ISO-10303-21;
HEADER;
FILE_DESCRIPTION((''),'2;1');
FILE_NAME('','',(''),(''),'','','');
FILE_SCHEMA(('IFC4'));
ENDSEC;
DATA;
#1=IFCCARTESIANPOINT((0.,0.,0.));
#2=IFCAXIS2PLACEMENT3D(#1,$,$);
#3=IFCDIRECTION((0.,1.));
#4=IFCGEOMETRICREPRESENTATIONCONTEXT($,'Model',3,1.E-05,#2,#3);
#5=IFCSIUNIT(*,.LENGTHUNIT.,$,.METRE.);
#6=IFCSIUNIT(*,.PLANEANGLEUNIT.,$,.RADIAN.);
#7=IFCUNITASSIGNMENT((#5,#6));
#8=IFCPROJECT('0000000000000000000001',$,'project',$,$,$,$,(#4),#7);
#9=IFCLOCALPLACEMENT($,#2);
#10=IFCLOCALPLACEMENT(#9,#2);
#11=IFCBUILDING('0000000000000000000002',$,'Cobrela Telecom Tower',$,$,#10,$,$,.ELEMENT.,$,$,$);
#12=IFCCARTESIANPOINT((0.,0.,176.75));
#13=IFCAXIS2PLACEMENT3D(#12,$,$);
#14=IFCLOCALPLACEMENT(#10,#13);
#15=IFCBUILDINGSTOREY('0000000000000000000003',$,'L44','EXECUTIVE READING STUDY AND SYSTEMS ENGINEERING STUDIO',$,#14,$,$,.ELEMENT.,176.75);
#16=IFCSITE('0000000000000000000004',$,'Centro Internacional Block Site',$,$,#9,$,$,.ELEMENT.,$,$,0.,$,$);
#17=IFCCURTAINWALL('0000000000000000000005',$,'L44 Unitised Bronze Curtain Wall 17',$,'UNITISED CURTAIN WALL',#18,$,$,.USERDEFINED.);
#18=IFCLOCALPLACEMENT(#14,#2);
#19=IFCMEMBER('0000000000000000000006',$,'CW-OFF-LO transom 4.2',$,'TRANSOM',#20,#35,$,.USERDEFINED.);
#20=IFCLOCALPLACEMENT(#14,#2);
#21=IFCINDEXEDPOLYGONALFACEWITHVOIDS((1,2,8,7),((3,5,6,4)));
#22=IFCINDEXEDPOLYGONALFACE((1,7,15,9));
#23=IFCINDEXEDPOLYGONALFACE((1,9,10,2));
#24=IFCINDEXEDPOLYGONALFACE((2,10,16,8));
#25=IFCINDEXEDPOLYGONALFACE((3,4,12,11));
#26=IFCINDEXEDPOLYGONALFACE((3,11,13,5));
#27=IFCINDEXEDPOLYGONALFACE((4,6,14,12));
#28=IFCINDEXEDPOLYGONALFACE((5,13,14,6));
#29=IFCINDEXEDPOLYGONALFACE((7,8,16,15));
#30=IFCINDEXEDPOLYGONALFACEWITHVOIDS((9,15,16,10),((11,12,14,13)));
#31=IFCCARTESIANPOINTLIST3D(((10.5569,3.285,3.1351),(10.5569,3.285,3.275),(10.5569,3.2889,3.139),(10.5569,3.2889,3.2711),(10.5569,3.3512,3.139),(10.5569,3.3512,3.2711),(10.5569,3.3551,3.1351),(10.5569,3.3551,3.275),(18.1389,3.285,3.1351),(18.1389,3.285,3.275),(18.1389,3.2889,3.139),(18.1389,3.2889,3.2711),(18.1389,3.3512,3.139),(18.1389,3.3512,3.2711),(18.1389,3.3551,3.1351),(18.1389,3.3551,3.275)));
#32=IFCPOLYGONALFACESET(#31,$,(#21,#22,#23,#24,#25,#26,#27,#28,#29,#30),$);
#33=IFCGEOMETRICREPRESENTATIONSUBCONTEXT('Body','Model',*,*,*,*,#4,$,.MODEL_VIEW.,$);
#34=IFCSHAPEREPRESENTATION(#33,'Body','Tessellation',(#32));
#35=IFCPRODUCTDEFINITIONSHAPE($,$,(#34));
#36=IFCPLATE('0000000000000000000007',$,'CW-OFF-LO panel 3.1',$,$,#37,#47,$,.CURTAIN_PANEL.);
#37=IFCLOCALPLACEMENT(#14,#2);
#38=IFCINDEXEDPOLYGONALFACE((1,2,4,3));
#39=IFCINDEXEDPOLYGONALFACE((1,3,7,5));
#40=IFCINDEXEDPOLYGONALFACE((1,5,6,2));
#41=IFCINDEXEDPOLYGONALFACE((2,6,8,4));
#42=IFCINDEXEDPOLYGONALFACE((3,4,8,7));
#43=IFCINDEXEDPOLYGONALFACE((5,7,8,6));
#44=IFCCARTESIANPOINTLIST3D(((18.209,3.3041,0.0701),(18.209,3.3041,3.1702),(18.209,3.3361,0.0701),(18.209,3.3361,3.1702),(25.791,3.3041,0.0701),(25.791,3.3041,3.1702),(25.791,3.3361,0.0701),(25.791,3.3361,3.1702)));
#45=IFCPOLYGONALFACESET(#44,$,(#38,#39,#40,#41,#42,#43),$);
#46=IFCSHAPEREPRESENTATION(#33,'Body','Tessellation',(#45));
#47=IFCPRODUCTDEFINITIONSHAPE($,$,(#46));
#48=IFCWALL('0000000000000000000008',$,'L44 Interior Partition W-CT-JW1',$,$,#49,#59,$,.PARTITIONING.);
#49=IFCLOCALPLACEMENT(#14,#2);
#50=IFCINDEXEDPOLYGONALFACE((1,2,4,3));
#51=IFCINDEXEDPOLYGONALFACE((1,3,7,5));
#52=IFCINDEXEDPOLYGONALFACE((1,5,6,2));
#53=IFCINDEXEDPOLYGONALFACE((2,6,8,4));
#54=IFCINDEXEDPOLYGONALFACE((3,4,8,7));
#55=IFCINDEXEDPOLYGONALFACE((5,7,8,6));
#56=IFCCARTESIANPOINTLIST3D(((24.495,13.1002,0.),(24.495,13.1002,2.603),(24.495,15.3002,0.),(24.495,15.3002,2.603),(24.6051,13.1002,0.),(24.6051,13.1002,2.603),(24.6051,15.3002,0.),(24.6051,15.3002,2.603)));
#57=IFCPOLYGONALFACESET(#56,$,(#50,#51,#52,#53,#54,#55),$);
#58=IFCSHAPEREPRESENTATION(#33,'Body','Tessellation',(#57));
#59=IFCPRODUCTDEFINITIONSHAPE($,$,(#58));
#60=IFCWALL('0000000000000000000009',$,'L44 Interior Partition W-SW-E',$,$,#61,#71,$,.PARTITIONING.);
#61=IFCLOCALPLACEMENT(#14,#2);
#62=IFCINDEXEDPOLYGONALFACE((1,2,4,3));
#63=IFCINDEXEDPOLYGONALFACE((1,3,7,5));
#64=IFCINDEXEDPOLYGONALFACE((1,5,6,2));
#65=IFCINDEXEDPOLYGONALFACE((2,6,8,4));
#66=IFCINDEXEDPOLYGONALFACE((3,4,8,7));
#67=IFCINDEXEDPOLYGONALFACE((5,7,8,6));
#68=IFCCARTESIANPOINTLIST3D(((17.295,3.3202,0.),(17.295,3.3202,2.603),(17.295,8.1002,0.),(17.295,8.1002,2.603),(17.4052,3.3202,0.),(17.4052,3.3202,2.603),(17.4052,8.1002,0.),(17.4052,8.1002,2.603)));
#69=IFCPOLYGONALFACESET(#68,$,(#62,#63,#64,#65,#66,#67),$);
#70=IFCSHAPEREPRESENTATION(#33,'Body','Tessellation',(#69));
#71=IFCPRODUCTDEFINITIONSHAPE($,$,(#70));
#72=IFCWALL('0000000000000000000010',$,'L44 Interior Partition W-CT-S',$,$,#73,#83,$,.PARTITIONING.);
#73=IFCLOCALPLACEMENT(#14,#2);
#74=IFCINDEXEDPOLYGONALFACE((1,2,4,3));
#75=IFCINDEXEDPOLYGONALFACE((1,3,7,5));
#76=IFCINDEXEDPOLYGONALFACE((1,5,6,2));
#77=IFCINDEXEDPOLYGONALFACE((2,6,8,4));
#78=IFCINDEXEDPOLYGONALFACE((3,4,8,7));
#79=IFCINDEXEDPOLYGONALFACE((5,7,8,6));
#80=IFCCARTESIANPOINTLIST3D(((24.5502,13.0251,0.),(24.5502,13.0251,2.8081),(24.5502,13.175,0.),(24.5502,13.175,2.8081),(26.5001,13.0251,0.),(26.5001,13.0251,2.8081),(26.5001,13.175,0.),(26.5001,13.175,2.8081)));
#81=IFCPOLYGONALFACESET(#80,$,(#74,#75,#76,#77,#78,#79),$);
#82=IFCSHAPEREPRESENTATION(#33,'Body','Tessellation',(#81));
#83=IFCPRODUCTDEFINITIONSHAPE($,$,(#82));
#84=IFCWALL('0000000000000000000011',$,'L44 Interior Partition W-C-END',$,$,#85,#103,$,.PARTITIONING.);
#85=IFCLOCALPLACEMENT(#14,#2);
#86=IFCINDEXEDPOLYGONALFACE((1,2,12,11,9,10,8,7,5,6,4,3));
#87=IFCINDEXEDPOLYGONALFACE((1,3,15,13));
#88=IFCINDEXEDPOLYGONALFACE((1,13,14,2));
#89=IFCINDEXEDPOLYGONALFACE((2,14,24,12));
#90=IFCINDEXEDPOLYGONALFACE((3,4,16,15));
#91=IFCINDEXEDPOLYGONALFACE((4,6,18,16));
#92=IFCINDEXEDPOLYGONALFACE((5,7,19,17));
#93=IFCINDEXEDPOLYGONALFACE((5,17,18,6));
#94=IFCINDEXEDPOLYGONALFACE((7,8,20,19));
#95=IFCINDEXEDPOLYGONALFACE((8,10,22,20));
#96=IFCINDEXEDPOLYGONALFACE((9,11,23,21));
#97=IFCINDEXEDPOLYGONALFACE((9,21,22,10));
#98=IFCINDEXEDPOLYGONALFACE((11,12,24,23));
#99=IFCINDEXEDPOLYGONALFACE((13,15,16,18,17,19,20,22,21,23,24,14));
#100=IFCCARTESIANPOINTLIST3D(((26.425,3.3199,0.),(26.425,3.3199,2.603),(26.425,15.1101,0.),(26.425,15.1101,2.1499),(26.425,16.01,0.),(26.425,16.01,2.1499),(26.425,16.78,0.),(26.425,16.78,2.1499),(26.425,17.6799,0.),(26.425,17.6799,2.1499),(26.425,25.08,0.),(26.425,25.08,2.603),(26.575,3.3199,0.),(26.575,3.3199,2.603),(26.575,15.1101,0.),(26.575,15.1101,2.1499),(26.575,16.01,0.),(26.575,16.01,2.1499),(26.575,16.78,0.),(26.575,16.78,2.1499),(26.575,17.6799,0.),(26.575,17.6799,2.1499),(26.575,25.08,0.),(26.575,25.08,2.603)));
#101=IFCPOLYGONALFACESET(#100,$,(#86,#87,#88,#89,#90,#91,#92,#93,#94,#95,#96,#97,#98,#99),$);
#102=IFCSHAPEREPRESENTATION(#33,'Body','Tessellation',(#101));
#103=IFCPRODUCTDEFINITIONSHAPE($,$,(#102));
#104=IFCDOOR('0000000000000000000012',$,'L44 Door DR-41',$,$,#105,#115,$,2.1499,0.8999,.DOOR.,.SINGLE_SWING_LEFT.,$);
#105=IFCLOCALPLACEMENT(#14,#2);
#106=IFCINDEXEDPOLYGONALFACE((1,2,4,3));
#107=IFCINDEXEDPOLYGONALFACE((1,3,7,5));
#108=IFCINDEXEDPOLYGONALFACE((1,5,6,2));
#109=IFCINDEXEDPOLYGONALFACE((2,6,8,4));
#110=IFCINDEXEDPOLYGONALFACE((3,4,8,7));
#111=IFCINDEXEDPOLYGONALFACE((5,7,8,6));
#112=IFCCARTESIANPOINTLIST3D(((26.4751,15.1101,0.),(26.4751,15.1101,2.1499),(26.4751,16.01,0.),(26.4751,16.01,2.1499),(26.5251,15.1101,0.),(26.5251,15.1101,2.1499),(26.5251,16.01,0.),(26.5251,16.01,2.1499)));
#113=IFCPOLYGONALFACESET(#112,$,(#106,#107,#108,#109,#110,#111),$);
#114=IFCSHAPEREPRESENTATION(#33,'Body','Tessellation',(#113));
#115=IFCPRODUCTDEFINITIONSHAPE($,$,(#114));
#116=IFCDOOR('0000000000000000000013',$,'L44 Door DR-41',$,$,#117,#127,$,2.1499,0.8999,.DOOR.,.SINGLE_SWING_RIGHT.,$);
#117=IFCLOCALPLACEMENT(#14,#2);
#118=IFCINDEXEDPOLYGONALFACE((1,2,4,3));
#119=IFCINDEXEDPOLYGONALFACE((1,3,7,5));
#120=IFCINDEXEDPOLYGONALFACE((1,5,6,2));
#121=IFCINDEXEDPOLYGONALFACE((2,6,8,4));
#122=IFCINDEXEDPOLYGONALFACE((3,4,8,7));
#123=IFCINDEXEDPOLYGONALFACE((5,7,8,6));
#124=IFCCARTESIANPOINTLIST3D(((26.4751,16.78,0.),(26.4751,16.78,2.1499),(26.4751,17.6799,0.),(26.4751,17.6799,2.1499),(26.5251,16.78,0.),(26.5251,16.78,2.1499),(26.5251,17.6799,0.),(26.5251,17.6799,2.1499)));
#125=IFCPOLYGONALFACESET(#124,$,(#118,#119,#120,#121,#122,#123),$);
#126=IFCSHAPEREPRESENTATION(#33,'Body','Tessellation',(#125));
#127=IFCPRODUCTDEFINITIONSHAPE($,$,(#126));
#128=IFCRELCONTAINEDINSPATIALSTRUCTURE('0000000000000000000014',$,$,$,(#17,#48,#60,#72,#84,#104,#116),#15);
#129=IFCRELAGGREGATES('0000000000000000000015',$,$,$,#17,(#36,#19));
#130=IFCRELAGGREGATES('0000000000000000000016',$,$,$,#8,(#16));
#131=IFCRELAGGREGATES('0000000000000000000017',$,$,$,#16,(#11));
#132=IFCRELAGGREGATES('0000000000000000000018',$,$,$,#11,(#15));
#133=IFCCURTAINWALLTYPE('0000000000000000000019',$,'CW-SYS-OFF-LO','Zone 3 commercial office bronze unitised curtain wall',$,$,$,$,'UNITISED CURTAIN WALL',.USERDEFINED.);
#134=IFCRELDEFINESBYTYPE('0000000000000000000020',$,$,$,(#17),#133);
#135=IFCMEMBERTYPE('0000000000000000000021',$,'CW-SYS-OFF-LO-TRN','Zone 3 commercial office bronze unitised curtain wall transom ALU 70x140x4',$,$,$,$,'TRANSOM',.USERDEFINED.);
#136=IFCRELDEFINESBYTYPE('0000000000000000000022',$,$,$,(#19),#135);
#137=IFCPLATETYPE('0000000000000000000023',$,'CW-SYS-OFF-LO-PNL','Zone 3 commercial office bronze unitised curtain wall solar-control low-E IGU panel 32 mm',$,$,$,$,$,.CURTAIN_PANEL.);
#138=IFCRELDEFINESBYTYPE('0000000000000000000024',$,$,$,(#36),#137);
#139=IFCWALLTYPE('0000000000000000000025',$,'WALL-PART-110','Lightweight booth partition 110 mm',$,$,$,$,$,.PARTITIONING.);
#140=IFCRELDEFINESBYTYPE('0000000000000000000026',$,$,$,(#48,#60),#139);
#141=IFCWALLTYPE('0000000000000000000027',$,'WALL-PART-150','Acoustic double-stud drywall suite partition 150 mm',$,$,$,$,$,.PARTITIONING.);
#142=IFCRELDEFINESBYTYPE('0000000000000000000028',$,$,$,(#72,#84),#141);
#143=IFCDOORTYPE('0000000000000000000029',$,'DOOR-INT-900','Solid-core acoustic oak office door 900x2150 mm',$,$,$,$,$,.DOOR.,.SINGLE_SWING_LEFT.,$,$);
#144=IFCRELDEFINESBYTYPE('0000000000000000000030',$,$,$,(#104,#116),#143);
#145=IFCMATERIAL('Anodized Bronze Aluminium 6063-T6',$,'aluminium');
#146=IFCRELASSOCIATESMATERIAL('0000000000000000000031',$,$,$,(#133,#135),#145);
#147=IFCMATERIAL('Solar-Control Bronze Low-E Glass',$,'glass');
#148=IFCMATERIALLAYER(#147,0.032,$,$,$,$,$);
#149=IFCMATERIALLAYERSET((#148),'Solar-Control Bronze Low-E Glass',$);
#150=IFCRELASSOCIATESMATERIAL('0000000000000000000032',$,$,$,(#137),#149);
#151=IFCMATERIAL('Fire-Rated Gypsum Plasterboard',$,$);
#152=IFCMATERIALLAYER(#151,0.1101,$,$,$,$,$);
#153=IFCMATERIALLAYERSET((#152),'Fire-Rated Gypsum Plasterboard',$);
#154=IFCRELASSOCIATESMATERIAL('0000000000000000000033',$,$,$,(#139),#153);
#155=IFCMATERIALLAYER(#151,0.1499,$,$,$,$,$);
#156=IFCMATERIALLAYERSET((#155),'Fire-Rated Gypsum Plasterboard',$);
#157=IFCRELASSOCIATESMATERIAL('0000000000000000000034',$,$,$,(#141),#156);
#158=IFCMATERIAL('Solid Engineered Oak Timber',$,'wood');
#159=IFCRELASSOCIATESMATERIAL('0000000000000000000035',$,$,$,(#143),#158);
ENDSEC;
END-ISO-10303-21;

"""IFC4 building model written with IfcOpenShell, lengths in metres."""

from ifc_helpers import new_model, si_unit, direction, frame, frame_2d, origin, origin_2d, place, context, subcontext, project, spatial, rectangle, hollow_rectangle, extrude, material, layer, layer_set, material_profile, profile_set, type_object, element, fill, aggregate, save


model = new_model("IFC4")

# Units and contexts
model_context = context("Model", 3, precision=1e-05, world=origin(), true_north=direction((0.0, 1.0)))
body_context = subcontext(model_context, "Body", "Model", "MODEL_VIEW")
ifc_project = project(units=[si_unit("LENGTHUNIT", "METRE"), si_unit("PLANEANGLEUNIT", "RADIAN")], contexts=[model_context])

# Site, building, storey
site_placement = place(None, origin())
site = spatial("IfcSite", under=ifc_project, at=site_placement, Name="Centro Internacional Block Site", CompositionType="ELEMENT", RefElevation=0.0)
building_placement = place(site_placement, origin())
building = spatial("IfcBuilding", under=site, at=building_placement, Name="Cobrela Telecom Tower", CompositionType="ELEMENT")
storey_placement = place(building_placement, frame((0.0, 0.0, 176.75)))
storey = spatial("IfcBuildingStorey", under=building, at=storey_placement, Name="L44", Description="EXECUTIVE READING STUDY AND SYSTEMS ENGINEERING STUDIO", CompositionType="ELEMENT", Elevation=176.75)

# Curtain wall, member, plate
ifc_material_1 = material(Name="Anodized Bronze Aluminium 6063-T6", Category="aluminium")
curtain_wall_type = type_object("IfcCurtainWallType", Name="CW-SYS-OFF-LO", Description="Zone 3 commercial office bronze unitised curtain wall", ElementType="UNITISED CURTAIN WALL", PredefinedType="USERDEFINED", material=ifc_material_1)
curtain_wall_placement = place(storey_placement, origin())
curtain_wall = element("IfcCurtainWall", 1, at=curtain_wall_placement, inside=storey, type_object=curtain_wall_type, Name="L44 Unitised Bronze Curtain Wall 17", ObjectType="UNITISED CURTAIN WALL", PredefinedType="USERDEFINED")
ifc_material_profile_1 = material_profile(ifc_material_1, hollow_rectangle(XDim=0.0701, YDim=0.1399, WallThickness=0.0039, at=origin_2d()), Name="ALU 70x140x4")
ifc_profile_set_1 = profile_set([ifc_material_profile_1], Name="Anodized Bronze Aluminium 6063-T6")
member_type_1 = type_object("IfcMemberType", Name="CW-SYS-OFF-LO-TRN", Description="Zone 3 commercial office bronze unitised curtain wall transom ALU 70x140x4", ElementType="TRANSOM", PredefinedType="USERDEFINED", material=ifc_profile_set_1)
member_1_placement = place(storey_placement, frame((18.1389, 3.3201, 3.2051), z_axis=(-1.0, 0.0, 0.0), x_axis=(0.0, -1.0, 0.0)))
member_1 = element("IfcMember", 2, at=member_1_placement, type_object=member_type_1, Name="CW-OFF-LO transom 4.2", ObjectType="TRANSOM", PredefinedType="USERDEFINED", context=body_context, shape_type="SweptSolid", body=[
    extrude(hollow_rectangle(XDim=0.0701, YDim=0.1399, WallThickness=0.0039, at=origin_2d()), origin(), (0.0, 0.0, 1.0), 7.582),
])
ifc_material_2 = material(Name="Solar-Control Bronze Low-E Glass", Category="glass")
ifc_layer_1 = layer(ifc_material_2, 0.032)
ifc_layer_set_1 = layer_set([ifc_layer_1], Name="Solar-Control Bronze Low-E Glass")
plate_type = type_object("IfcPlateType", Name="CW-SYS-OFF-LO-PNL", Description="Zone 3 commercial office bronze unitised curtain wall solar-control low-E IGU panel 32 mm", PredefinedType="CURTAIN_PANEL", material=ifc_layer_set_1)
plate_placement = place(storey_placement, frame((22.0, 3.3201, 0.0701), z_axis=(0.0, 0.0, 1.0), x_axis=(-1.0, 0.0, 0.0)))
plate = element("IfcPlate", 3, at=plate_placement, type_object=plate_type, Name="CW-OFF-LO panel 3.1", PredefinedType="CURTAIN_PANEL", context=body_context, shape_type="SweptSolid", body=[
    extrude(rectangle(XDim=7.582, YDim=0.032, at=origin_2d()), origin(), (0.0, 0.0, 1.0), 3.1001),
])
aggregate(curtain_wall, [plate, member_1])

# Walls
ifc_material_3 = material(Name="Fire-Rated Gypsum Plasterboard")
ifc_layer_2 = layer(ifc_material_3, 0.1101)
ifc_layer_set_2 = layer_set([ifc_layer_2], Name="Fire-Rated Gypsum Plasterboard")
wall_type_1 = type_object("IfcWallType", Name="WALL-PART-110", Description="Lightweight booth partition 110 mm", PredefinedType="PARTITIONING", material=ifc_layer_set_2)
wall_1_placement = place(storey_placement, frame((24.55, 13.1001, 0.0), z_axis=(0.0, 0.0, 1.0), x_axis=(0.0, 1.0, 0.0)))
element("IfcWall", 4, at=wall_1_placement, inside=storey, type_object=wall_type_1, Name="L44 Interior Partition W-CT-JW1", PredefinedType="PARTITIONING", context=body_context, shape_type="SweptSolid", body=[
    extrude(rectangle(XDim=2.2, YDim=0.1101, at=frame_2d((1.1001, 0.0))), origin(), (0.0, 0.0, 1.0), 2.603),
])
wall_2_placement = place(storey_placement, frame((17.3501, 3.3201, 0.0), z_axis=(0.0, 0.0, 1.0), x_axis=(0.0, 1.0, 0.0)))
element("IfcWall", 5, at=wall_2_placement, inside=storey, type_object=wall_type_1, Name="L44 Interior Partition W-SW-E", PredefinedType="PARTITIONING", context=body_context, shape_type="SweptSolid", body=[
    extrude(rectangle(XDim=4.78, YDim=0.1101, at=frame_2d((2.3901, 0.0))), origin(), (0.0, 0.0, 1.0), 2.603),
])
ifc_layer_3 = layer(ifc_material_3, 0.1499)
ifc_layer_set_3 = layer_set([ifc_layer_3], Name="Fire-Rated Gypsum Plasterboard")
wall_type_2 = type_object("IfcWallType", Name="WALL-PART-150", Description="Acoustic double-stud drywall suite partition 150 mm", PredefinedType="PARTITIONING", material=ifc_layer_set_3)
wall_3_placement = place(storey_placement, frame((24.55, 13.1001, 0.0), z_axis=(0.0, 0.0, 1.0), x_axis=(1.0, 0.0, 0.0)))
element("IfcWall", 6, at=wall_3_placement, inside=storey, type_object=wall_type_2, Name="L44 Interior Partition W-CT-S", PredefinedType="PARTITIONING", context=body_context, shape_type="SweptSolid", body=[
    extrude(rectangle(XDim=1.95, YDim=0.1499, at=frame_2d((0.9751, 0.0))), origin(), (0.0, 0.0, 1.0), 2.8081),
])

# Wall, openings, doors
wall_4_placement = place(storey_placement, frame((26.5, 3.3201, 0.0), z_axis=(0.0, 0.0, 1.0), x_axis=(0.0, 1.0, 0.0)))
wall_4 = element("IfcWall", 7, at=wall_4_placement, inside=storey, type_object=wall_type_2, Name="L44 Interior Partition W-C-END", PredefinedType="PARTITIONING", context=body_context, shape_type="SweptSolid", body=[
    extrude(rectangle(XDim=21.76, YDim=0.1499, at=frame_2d((10.8799, 0.0))), origin(), (0.0, 0.0, 1.0), 2.603),
])
opening_1_placement = place(wall_4_placement, frame((11.79, 0.0, 0.0)))
opening_1 = element("IfcOpeningElement", 8, at=opening_1_placement, cuts=wall_4, PredefinedType="OPENING", context=body_context, shape_type="SweptSolid", body=[
    extrude(rectangle(XDim=0.8999, YDim=2.1499, at=frame_2d((0.45, 1.075))), frame((0.0, 0.0869, 0.0), z_axis=(0.0, -1.0, 0.0), x_axis=(1.0, 0.0, 0.0)), (0.0, 0.0, 1.0), 0.1738),
])
opening_2_placement = place(wall_4_placement, frame((13.46, 0.0, 0.0)))
opening_2 = element("IfcOpeningElement", 9, at=opening_2_placement, cuts=wall_4, PredefinedType="OPENING", context=body_context, shape_type="SweptSolid", body=[
    extrude(rectangle(XDim=0.8999, YDim=2.1499, at=frame_2d((0.45, 1.075))), frame((0.0, 0.0869, 0.0), z_axis=(0.0, -1.0, 0.0), x_axis=(1.0, 0.0, 0.0)), (0.0, 0.0, 1.0), 0.1738),
])
ifc_material_4 = material(Name="Solid Engineered Oak Timber", Category="wood")
door_type = type_object("IfcDoorType", Name="DOOR-INT-900", Description="Solid-core acoustic oak office door 900x2150 mm", OperationType="SINGLE_SWING_LEFT", PredefinedType="DOOR", material=ifc_material_4)
door_1_placement = place(opening_1_placement, origin())
door_1 = element("IfcDoor", 10, at=door_1_placement, inside=storey, type_object=door_type, Name="L44 Door DR-41", OperationType="SINGLE_SWING_LEFT", OverallHeight=2.1499, OverallWidth=0.8999, PredefinedType="DOOR", context=body_context, shape_type="SweptSolid", body=[
    extrude(rectangle(XDim=0.8999, YDim=2.1499, at=frame_2d((0.45, 1.075))), frame((0.0, 0.0249, 0.0), z_axis=(0.0, -1.0, 0.0), x_axis=(1.0, 0.0, 0.0)), (0.0, 0.0, 1.0), 0.05),
])
fill(opening_1, door_1)
door_2_placement = place(opening_2_placement, origin())
door_2 = element("IfcDoor", 11, at=door_2_placement, inside=storey, type_object=door_type, Name="L44 Door DR-41", OperationType="SINGLE_SWING_RIGHT", OverallHeight=2.1499, OverallWidth=0.8999, PredefinedType="DOOR", context=body_context, shape_type="SweptSolid", body=[
    extrude(rectangle(XDim=0.8999, YDim=2.1499, at=frame_2d((0.45, 1.075))), frame((0.0, 0.0249, 0.0), z_axis=(0.0, -1.0, 0.0), x_axis=(1.0, 0.0, 0.0)), (0.0, 0.0, 1.0), 0.05),
])
fill(opening_2, door_2)

save(model, "model.ifc")
